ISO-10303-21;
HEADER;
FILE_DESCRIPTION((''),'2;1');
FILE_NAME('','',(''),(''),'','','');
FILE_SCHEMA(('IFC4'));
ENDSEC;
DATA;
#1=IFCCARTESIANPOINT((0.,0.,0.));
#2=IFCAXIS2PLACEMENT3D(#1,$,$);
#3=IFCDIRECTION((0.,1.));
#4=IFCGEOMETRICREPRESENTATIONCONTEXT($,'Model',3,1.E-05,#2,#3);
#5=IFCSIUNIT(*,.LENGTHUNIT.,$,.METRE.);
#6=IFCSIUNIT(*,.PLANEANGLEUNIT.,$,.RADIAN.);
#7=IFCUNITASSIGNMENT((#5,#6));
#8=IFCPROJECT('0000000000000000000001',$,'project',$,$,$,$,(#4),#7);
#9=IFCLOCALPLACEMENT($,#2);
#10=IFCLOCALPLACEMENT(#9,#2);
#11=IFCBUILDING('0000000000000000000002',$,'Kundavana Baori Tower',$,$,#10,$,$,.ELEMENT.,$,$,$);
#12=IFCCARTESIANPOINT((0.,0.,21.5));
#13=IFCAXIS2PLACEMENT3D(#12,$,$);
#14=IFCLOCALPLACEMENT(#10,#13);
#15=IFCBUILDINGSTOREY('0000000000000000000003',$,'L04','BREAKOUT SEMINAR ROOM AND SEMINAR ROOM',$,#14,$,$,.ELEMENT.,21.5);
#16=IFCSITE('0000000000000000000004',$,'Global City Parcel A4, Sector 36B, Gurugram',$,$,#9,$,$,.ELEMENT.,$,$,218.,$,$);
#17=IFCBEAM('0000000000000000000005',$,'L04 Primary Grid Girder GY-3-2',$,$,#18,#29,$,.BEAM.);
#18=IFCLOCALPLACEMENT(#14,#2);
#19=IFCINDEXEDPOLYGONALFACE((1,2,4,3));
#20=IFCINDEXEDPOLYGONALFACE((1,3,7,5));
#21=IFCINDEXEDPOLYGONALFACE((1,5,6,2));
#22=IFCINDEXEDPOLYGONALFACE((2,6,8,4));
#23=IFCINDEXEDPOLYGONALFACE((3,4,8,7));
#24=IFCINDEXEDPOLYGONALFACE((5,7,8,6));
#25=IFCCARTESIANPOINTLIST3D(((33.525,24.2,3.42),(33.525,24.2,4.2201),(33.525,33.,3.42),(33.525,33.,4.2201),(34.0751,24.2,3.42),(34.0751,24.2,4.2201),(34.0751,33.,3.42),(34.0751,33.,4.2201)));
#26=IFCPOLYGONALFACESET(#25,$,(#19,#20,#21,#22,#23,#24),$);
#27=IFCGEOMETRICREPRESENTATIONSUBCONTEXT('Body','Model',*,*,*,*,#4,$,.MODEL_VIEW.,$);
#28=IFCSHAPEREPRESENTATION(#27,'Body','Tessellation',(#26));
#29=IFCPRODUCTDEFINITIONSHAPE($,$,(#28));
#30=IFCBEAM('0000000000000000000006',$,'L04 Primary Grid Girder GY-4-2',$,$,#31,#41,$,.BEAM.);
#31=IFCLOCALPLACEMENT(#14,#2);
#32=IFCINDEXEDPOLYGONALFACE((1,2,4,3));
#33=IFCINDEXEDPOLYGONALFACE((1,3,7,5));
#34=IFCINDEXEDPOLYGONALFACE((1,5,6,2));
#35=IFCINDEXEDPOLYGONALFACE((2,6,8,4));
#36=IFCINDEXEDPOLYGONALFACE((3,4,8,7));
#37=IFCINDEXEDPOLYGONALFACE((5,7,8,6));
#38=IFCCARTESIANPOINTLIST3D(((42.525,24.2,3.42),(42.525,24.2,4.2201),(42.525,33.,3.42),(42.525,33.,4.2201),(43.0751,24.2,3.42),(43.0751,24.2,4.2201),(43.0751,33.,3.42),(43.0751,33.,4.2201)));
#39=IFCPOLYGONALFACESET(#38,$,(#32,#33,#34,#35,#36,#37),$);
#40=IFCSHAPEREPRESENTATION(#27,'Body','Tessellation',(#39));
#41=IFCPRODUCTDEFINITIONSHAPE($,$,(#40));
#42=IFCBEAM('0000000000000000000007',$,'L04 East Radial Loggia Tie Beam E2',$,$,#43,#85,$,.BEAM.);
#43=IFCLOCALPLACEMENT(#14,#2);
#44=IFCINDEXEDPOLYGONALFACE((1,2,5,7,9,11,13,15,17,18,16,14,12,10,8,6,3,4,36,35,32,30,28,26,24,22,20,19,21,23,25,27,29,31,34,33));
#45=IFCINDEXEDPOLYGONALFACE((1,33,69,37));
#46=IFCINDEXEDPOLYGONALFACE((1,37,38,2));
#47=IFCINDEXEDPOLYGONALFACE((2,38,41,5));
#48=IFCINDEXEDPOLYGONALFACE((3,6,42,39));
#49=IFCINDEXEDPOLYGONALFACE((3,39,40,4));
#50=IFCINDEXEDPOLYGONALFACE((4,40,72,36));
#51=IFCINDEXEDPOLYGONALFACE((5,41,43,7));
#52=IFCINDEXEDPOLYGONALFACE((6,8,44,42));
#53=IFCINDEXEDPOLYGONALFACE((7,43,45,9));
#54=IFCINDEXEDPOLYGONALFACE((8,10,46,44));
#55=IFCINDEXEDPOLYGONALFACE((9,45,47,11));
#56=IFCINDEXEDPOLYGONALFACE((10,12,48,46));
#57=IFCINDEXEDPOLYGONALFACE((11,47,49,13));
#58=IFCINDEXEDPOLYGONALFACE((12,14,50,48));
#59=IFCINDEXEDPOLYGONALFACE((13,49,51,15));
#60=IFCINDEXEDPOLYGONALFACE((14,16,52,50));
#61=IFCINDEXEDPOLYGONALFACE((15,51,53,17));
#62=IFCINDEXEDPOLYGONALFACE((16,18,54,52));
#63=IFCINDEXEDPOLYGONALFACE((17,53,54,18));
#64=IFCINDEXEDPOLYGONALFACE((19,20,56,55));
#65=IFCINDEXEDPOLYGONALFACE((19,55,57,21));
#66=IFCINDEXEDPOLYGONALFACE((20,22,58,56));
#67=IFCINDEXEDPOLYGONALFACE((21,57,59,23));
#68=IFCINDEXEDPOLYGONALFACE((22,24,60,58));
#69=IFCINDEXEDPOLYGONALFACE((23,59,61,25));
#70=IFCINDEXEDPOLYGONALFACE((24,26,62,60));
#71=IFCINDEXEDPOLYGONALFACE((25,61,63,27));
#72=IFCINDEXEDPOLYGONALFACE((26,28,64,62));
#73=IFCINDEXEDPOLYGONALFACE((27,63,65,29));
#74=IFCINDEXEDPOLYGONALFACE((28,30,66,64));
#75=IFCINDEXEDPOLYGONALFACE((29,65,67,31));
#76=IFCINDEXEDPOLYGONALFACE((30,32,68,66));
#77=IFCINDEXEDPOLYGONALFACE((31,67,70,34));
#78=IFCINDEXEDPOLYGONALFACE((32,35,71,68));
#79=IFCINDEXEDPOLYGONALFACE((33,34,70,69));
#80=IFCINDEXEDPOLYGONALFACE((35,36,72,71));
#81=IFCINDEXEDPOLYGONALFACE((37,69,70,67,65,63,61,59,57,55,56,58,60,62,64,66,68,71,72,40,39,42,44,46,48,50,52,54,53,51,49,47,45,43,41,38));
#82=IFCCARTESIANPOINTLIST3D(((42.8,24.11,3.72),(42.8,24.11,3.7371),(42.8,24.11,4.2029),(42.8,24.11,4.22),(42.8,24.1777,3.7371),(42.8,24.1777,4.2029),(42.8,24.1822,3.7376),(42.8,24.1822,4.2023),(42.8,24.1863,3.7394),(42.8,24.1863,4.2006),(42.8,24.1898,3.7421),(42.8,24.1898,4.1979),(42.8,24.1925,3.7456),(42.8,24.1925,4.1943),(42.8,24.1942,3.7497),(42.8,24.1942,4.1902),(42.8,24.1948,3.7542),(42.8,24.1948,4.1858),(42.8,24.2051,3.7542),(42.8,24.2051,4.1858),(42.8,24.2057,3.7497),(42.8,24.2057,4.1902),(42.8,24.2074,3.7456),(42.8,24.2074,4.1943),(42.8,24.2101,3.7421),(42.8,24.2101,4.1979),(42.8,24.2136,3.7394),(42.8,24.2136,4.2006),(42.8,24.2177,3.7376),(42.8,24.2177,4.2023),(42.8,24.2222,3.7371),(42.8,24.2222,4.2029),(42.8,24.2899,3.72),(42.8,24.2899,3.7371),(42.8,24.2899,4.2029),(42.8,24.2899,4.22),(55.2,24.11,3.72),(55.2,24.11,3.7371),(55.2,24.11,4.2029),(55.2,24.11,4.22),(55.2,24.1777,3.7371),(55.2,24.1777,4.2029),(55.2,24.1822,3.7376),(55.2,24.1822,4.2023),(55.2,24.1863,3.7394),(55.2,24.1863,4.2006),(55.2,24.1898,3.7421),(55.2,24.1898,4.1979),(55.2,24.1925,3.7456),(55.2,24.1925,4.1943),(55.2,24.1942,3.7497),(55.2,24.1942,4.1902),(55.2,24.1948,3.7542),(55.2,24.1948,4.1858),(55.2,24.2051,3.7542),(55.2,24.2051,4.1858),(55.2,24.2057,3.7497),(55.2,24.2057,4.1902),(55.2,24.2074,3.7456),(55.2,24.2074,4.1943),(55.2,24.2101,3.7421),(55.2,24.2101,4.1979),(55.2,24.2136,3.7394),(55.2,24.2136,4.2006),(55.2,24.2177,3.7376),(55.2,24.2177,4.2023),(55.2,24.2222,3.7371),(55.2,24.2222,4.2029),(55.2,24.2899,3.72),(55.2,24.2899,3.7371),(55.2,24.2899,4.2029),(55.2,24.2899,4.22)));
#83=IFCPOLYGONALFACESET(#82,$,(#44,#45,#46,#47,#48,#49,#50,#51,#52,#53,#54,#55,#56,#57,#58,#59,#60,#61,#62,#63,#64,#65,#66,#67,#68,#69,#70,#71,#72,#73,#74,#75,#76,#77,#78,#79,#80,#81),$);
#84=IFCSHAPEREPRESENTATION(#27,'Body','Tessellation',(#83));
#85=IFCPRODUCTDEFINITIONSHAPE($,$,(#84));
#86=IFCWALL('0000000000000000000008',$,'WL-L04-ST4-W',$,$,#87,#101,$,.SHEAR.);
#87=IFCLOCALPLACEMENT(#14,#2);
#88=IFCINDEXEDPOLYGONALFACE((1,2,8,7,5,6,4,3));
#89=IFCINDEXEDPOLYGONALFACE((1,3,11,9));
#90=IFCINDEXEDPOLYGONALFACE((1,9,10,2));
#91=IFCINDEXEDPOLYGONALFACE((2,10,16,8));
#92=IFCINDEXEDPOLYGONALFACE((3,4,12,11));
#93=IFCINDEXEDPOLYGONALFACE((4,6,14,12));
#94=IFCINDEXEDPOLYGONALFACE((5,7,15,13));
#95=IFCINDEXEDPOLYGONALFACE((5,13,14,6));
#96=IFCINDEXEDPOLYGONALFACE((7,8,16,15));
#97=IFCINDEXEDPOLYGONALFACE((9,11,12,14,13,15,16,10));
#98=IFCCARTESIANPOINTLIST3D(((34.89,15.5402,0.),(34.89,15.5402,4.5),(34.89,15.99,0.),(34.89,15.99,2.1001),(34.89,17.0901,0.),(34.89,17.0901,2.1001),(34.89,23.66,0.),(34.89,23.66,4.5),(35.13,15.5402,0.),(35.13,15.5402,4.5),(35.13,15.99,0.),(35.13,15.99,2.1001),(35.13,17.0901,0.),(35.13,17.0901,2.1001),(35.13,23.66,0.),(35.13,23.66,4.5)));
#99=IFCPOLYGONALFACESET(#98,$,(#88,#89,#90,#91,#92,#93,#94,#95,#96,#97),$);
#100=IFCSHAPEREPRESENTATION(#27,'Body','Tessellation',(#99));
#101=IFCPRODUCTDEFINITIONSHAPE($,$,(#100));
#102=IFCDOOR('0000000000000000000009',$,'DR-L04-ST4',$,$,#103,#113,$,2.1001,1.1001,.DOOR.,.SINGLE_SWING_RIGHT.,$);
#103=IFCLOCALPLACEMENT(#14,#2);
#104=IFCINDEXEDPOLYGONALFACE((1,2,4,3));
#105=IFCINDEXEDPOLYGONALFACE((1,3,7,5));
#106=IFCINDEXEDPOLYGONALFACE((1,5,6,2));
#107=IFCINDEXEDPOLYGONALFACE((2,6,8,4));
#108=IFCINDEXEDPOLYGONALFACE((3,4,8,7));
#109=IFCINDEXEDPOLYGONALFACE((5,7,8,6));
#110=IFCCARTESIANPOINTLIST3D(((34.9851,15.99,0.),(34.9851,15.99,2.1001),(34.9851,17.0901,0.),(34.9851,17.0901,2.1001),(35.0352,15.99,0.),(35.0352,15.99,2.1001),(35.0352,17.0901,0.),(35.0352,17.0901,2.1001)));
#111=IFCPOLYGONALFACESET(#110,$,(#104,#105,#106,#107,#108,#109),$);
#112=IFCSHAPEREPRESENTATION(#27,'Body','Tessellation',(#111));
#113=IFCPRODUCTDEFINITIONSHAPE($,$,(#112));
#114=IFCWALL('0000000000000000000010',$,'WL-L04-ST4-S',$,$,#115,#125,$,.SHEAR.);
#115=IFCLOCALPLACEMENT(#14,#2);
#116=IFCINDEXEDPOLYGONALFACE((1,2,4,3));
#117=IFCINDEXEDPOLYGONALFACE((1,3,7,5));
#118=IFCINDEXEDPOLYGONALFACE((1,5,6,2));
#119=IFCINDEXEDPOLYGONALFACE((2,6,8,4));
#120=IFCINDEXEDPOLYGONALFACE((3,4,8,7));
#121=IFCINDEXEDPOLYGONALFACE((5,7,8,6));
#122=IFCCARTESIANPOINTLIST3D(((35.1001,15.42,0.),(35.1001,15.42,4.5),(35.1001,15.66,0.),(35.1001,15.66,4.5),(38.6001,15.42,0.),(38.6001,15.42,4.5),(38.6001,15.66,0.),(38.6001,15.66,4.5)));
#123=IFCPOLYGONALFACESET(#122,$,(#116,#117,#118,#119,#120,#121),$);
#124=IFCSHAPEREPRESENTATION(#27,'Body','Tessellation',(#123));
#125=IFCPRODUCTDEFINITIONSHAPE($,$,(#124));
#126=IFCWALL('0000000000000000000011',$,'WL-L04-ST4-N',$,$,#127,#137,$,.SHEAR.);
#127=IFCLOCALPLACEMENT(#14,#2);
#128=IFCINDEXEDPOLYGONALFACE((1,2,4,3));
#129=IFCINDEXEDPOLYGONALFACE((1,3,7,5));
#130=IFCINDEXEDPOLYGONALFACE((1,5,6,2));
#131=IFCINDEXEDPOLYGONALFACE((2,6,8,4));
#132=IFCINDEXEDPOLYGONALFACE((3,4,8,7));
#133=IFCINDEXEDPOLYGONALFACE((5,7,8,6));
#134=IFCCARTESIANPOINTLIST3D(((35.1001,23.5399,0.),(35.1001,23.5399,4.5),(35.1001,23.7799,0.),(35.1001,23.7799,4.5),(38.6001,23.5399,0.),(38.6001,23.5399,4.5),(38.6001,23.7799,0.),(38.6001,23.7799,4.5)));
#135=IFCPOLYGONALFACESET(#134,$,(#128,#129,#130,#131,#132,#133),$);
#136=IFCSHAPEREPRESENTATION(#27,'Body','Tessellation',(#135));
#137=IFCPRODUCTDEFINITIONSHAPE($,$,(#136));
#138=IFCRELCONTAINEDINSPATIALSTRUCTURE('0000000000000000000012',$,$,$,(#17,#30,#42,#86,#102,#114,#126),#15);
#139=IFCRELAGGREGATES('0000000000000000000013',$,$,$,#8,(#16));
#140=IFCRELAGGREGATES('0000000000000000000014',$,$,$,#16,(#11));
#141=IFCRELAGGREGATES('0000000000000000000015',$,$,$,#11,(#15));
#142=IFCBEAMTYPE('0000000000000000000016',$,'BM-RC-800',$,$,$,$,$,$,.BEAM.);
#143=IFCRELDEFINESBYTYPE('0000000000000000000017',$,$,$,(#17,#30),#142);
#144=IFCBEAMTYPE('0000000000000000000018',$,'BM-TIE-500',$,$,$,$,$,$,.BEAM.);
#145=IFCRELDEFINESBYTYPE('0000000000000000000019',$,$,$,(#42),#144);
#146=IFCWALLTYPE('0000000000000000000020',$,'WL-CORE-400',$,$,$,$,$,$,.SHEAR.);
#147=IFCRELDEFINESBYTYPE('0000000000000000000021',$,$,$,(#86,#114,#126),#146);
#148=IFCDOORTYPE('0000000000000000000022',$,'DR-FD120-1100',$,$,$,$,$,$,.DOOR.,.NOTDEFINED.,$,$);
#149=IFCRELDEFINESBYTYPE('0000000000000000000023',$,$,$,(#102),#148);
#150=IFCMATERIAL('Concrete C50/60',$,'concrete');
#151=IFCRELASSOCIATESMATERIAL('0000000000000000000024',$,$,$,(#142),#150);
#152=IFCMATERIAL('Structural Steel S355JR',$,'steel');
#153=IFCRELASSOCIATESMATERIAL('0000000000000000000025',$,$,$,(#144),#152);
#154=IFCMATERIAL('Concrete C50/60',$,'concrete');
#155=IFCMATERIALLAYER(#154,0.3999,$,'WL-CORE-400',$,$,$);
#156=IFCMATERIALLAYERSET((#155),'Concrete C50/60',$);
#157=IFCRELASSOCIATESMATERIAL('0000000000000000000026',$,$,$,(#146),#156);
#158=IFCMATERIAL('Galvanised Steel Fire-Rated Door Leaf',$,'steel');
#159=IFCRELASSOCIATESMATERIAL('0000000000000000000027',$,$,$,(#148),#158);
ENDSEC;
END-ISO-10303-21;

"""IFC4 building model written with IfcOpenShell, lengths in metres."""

from ifc_helpers import new_model, si_unit, direction, frame, frame_2d, origin, origin_2d, place, context, subcontext, project, spatial, rectangle, i_section, extrude, material, layer, layer_set, material_profile, profile_set, type_object, element, fill, save


model = new_model("IFC4")

# Units and contexts
model_context = context("Model", 3, precision=1e-05, world=origin(), true_north=direction((0.0, 1.0)))
body_context = subcontext(model_context, "Body", "Model", "MODEL_VIEW")
ifc_project = project(units=[si_unit("LENGTHUNIT", "METRE"), si_unit("PLANEANGLEUNIT", "RADIAN")], contexts=[model_context])

# Site, building, storey
site_placement = place(None, origin())
site = spatial("IfcSite", under=ifc_project, at=site_placement, Name="Global City Parcel A4, Sector 36B, Gurugram", CompositionType="ELEMENT", RefElevation=218.0)
building_placement = place(site_placement, origin())
building = spatial("IfcBuilding", under=site, at=building_placement, Name="Kundavana Baori Tower", CompositionType="ELEMENT")
storey_placement = place(building_placement, frame((0.0, 0.0, 21.5)))
storey = spatial("IfcBuildingStorey", under=building, at=storey_placement, Name="L04", Description="BREAKOUT SEMINAR ROOM AND SEMINAR ROOM", CompositionType="ELEMENT", Elevation=21.5)

# Beams
ifc_material_1 = material(Name="Concrete C50/60", Category="concrete")
ifc_material_profile_1 = material_profile(ifc_material_1, rectangle(XDim=0.55, YDim=0.8, at=origin_2d()), Name="RC BM 550x800")
ifc_profile_set_1 = profile_set([ifc_material_profile_1], Name="Concrete C50/60")
beam_type_1 = type_object("IfcBeamType", Name="BM-RC-800", PredefinedType="BEAM", material=ifc_profile_set_1)
for number, where, z_axis, x_axis, name in (
    (1, (33.8, 24.2, 3.8201), (0.0, 1.0, 0.0), (-1.0, 0.0, 0.0), "L04 Primary Grid Girder GY-3-2"),
    (2, (42.8, 24.2, 3.8201), (0.0, 1.0, 0.0), (-1.0, 0.0, 0.0), "L04 Primary Grid Girder GY-4-2"),
):
    element("IfcBeam", number, at=place(storey_placement, frame(where, z_axis=z_axis, x_axis=x_axis)), inside=storey, type_object=beam_type_1, Name=name, PredefinedType="BEAM", context=body_context, shape_type="SweptSolid", body=[
        extrude(rectangle(XDim=0.55, YDim=0.8, at=origin_2d()), origin(), (0.0, 0.0, 1.0), 8.8),
    ])
ifc_material_2 = material(Name="Structural Steel S355JR", Category="steel")
ifc_material_profile_2 = material_profile(ifc_material_2, i_section(OverallWidth=0.1799, OverallDepth=0.5, WebThickness=0.0103, FlangeThickness=0.0171, FilletRadius=0.0171, at=origin_2d()), Name="ISMB 500")
ifc_profile_set_2 = profile_set([ifc_material_profile_2], Name="Structural Steel S355JR")
beam_type_2 = type_object("IfcBeamType", Name="BM-TIE-500", PredefinedType="BEAM", material=ifc_profile_set_2)
beam_1_placement = place(storey_placement, frame((42.8, 24.2, 3.97), z_axis=(1.0, 0.0, 0.0), x_axis=(0.0, 1.0, 0.0)))
element("IfcBeam", 3, at=beam_1_placement, inside=storey, type_object=beam_type_2, Name="L04 East Radial Loggia Tie Beam E2", PredefinedType="BEAM", context=body_context, shape_type="SweptSolid", body=[
    extrude(i_section(OverallWidth=0.1799, OverallDepth=0.5, WebThickness=0.0103, FlangeThickness=0.0171, FilletRadius=0.0171, at=origin_2d()), origin(), (0.0, 0.0, 1.0), 12.3999),
])

# Wall, opening, door
ifc_material_3 = material(Name="Concrete C50/60", Category="concrete")
ifc_layer_1 = layer(ifc_material_3, 0.3999, Name="WL-CORE-400")
ifc_layer_set_1 = layer_set([ifc_layer_1], Name="Concrete C50/60")
wall_type_1 = type_object("IfcWallType", Name="WL-CORE-400", PredefinedType="SHEAR", material=ifc_layer_set_1)
wall_1_placement = place(storey_placement, frame((35.01, 15.54, 0.0), z_axis=(0.0, 0.0, 1.0), x_axis=(0.0, 1.0, 0.0)))
wall_1 = element("IfcWall", 4, at=wall_1_placement, inside=storey, type_object=wall_type_1, Name="WL-L04-ST4-W", PredefinedType="SHEAR", context=body_context, shape_type="SweptSolid", body=[
    extrude(rectangle(XDim=8.1199, YDim=0.24, at=frame_2d((4.0601, 0.0))), origin(), (0.0, 0.0, 1.0), 4.5),
])
opening_1_placement = place(wall_1_placement, frame((0.45, 0.0, 0.0)))
opening_1 = element("IfcOpeningElement", 5, at=opening_1_placement, cuts=wall_1, PredefinedType="OPENING", context=body_context, shape_type="SweptSolid", body=[
    extrude(rectangle(XDim=1.1001, YDim=2.1001, at=frame_2d((0.55, 1.05))), frame((0.0, 0.1299, 0.0), z_axis=(0.0, -1.0, 0.0), x_axis=(1.0, 0.0, 0.0)), (0.0, 0.0, 1.0), 0.26),
])
ifc_material_4 = material(Name="Galvanised Steel Fire-Rated Door Leaf", Category="steel")
door_type_1 = type_object("IfcDoorType", Name="DR-FD120-1100", OperationType="NOTDEFINED", PredefinedType="DOOR", material=ifc_material_4)
door_1_placement = place(opening_1_placement, origin())
door_1 = element("IfcDoor", 6, at=door_1_placement, inside=storey, type_object=door_type_1, Name="DR-L04-ST4", OperationType="SINGLE_SWING_RIGHT", OverallHeight=2.1001, OverallWidth=1.1001, PredefinedType="DOOR", context=body_context, shape_type="SweptSolid", body=[
    extrude(rectangle(XDim=1.1001, YDim=2.1001, at=frame_2d((0.55, 1.05))), frame((0.0, 0.0249, 0.0), z_axis=(0.0, -1.0, 0.0), x_axis=(1.0, 0.0, 0.0)), (0.0, 0.0, 1.0), 0.05),
])
fill(opening_1, door_1)

# Walls
for number, where, z_axis, x_axis, name in (
    (7, (35.1001, 15.54, 0.0), (0.0, 0.0, 1.0), (1.0, 0.0, 0.0), "WL-L04-ST4-S"),
    (8, (35.1001, 23.6599, 0.0), (0.0, 0.0, 1.0), (1.0, 0.0, 0.0), "WL-L04-ST4-N"),
):
    element("IfcWall", number, at=place(storey_placement, frame(where, z_axis=z_axis, x_axis=x_axis)), inside=storey, type_object=wall_type_1, Name=name, PredefinedType="SHEAR", context=body_context, shape_type="SweptSolid", body=[
        extrude(rectangle(XDim=3.5, YDim=0.24, at=frame_2d((1.75, 0.0))), origin(), (0.0, 0.0, 1.0), 4.5),
    ])

save(model, "model.ifc")
